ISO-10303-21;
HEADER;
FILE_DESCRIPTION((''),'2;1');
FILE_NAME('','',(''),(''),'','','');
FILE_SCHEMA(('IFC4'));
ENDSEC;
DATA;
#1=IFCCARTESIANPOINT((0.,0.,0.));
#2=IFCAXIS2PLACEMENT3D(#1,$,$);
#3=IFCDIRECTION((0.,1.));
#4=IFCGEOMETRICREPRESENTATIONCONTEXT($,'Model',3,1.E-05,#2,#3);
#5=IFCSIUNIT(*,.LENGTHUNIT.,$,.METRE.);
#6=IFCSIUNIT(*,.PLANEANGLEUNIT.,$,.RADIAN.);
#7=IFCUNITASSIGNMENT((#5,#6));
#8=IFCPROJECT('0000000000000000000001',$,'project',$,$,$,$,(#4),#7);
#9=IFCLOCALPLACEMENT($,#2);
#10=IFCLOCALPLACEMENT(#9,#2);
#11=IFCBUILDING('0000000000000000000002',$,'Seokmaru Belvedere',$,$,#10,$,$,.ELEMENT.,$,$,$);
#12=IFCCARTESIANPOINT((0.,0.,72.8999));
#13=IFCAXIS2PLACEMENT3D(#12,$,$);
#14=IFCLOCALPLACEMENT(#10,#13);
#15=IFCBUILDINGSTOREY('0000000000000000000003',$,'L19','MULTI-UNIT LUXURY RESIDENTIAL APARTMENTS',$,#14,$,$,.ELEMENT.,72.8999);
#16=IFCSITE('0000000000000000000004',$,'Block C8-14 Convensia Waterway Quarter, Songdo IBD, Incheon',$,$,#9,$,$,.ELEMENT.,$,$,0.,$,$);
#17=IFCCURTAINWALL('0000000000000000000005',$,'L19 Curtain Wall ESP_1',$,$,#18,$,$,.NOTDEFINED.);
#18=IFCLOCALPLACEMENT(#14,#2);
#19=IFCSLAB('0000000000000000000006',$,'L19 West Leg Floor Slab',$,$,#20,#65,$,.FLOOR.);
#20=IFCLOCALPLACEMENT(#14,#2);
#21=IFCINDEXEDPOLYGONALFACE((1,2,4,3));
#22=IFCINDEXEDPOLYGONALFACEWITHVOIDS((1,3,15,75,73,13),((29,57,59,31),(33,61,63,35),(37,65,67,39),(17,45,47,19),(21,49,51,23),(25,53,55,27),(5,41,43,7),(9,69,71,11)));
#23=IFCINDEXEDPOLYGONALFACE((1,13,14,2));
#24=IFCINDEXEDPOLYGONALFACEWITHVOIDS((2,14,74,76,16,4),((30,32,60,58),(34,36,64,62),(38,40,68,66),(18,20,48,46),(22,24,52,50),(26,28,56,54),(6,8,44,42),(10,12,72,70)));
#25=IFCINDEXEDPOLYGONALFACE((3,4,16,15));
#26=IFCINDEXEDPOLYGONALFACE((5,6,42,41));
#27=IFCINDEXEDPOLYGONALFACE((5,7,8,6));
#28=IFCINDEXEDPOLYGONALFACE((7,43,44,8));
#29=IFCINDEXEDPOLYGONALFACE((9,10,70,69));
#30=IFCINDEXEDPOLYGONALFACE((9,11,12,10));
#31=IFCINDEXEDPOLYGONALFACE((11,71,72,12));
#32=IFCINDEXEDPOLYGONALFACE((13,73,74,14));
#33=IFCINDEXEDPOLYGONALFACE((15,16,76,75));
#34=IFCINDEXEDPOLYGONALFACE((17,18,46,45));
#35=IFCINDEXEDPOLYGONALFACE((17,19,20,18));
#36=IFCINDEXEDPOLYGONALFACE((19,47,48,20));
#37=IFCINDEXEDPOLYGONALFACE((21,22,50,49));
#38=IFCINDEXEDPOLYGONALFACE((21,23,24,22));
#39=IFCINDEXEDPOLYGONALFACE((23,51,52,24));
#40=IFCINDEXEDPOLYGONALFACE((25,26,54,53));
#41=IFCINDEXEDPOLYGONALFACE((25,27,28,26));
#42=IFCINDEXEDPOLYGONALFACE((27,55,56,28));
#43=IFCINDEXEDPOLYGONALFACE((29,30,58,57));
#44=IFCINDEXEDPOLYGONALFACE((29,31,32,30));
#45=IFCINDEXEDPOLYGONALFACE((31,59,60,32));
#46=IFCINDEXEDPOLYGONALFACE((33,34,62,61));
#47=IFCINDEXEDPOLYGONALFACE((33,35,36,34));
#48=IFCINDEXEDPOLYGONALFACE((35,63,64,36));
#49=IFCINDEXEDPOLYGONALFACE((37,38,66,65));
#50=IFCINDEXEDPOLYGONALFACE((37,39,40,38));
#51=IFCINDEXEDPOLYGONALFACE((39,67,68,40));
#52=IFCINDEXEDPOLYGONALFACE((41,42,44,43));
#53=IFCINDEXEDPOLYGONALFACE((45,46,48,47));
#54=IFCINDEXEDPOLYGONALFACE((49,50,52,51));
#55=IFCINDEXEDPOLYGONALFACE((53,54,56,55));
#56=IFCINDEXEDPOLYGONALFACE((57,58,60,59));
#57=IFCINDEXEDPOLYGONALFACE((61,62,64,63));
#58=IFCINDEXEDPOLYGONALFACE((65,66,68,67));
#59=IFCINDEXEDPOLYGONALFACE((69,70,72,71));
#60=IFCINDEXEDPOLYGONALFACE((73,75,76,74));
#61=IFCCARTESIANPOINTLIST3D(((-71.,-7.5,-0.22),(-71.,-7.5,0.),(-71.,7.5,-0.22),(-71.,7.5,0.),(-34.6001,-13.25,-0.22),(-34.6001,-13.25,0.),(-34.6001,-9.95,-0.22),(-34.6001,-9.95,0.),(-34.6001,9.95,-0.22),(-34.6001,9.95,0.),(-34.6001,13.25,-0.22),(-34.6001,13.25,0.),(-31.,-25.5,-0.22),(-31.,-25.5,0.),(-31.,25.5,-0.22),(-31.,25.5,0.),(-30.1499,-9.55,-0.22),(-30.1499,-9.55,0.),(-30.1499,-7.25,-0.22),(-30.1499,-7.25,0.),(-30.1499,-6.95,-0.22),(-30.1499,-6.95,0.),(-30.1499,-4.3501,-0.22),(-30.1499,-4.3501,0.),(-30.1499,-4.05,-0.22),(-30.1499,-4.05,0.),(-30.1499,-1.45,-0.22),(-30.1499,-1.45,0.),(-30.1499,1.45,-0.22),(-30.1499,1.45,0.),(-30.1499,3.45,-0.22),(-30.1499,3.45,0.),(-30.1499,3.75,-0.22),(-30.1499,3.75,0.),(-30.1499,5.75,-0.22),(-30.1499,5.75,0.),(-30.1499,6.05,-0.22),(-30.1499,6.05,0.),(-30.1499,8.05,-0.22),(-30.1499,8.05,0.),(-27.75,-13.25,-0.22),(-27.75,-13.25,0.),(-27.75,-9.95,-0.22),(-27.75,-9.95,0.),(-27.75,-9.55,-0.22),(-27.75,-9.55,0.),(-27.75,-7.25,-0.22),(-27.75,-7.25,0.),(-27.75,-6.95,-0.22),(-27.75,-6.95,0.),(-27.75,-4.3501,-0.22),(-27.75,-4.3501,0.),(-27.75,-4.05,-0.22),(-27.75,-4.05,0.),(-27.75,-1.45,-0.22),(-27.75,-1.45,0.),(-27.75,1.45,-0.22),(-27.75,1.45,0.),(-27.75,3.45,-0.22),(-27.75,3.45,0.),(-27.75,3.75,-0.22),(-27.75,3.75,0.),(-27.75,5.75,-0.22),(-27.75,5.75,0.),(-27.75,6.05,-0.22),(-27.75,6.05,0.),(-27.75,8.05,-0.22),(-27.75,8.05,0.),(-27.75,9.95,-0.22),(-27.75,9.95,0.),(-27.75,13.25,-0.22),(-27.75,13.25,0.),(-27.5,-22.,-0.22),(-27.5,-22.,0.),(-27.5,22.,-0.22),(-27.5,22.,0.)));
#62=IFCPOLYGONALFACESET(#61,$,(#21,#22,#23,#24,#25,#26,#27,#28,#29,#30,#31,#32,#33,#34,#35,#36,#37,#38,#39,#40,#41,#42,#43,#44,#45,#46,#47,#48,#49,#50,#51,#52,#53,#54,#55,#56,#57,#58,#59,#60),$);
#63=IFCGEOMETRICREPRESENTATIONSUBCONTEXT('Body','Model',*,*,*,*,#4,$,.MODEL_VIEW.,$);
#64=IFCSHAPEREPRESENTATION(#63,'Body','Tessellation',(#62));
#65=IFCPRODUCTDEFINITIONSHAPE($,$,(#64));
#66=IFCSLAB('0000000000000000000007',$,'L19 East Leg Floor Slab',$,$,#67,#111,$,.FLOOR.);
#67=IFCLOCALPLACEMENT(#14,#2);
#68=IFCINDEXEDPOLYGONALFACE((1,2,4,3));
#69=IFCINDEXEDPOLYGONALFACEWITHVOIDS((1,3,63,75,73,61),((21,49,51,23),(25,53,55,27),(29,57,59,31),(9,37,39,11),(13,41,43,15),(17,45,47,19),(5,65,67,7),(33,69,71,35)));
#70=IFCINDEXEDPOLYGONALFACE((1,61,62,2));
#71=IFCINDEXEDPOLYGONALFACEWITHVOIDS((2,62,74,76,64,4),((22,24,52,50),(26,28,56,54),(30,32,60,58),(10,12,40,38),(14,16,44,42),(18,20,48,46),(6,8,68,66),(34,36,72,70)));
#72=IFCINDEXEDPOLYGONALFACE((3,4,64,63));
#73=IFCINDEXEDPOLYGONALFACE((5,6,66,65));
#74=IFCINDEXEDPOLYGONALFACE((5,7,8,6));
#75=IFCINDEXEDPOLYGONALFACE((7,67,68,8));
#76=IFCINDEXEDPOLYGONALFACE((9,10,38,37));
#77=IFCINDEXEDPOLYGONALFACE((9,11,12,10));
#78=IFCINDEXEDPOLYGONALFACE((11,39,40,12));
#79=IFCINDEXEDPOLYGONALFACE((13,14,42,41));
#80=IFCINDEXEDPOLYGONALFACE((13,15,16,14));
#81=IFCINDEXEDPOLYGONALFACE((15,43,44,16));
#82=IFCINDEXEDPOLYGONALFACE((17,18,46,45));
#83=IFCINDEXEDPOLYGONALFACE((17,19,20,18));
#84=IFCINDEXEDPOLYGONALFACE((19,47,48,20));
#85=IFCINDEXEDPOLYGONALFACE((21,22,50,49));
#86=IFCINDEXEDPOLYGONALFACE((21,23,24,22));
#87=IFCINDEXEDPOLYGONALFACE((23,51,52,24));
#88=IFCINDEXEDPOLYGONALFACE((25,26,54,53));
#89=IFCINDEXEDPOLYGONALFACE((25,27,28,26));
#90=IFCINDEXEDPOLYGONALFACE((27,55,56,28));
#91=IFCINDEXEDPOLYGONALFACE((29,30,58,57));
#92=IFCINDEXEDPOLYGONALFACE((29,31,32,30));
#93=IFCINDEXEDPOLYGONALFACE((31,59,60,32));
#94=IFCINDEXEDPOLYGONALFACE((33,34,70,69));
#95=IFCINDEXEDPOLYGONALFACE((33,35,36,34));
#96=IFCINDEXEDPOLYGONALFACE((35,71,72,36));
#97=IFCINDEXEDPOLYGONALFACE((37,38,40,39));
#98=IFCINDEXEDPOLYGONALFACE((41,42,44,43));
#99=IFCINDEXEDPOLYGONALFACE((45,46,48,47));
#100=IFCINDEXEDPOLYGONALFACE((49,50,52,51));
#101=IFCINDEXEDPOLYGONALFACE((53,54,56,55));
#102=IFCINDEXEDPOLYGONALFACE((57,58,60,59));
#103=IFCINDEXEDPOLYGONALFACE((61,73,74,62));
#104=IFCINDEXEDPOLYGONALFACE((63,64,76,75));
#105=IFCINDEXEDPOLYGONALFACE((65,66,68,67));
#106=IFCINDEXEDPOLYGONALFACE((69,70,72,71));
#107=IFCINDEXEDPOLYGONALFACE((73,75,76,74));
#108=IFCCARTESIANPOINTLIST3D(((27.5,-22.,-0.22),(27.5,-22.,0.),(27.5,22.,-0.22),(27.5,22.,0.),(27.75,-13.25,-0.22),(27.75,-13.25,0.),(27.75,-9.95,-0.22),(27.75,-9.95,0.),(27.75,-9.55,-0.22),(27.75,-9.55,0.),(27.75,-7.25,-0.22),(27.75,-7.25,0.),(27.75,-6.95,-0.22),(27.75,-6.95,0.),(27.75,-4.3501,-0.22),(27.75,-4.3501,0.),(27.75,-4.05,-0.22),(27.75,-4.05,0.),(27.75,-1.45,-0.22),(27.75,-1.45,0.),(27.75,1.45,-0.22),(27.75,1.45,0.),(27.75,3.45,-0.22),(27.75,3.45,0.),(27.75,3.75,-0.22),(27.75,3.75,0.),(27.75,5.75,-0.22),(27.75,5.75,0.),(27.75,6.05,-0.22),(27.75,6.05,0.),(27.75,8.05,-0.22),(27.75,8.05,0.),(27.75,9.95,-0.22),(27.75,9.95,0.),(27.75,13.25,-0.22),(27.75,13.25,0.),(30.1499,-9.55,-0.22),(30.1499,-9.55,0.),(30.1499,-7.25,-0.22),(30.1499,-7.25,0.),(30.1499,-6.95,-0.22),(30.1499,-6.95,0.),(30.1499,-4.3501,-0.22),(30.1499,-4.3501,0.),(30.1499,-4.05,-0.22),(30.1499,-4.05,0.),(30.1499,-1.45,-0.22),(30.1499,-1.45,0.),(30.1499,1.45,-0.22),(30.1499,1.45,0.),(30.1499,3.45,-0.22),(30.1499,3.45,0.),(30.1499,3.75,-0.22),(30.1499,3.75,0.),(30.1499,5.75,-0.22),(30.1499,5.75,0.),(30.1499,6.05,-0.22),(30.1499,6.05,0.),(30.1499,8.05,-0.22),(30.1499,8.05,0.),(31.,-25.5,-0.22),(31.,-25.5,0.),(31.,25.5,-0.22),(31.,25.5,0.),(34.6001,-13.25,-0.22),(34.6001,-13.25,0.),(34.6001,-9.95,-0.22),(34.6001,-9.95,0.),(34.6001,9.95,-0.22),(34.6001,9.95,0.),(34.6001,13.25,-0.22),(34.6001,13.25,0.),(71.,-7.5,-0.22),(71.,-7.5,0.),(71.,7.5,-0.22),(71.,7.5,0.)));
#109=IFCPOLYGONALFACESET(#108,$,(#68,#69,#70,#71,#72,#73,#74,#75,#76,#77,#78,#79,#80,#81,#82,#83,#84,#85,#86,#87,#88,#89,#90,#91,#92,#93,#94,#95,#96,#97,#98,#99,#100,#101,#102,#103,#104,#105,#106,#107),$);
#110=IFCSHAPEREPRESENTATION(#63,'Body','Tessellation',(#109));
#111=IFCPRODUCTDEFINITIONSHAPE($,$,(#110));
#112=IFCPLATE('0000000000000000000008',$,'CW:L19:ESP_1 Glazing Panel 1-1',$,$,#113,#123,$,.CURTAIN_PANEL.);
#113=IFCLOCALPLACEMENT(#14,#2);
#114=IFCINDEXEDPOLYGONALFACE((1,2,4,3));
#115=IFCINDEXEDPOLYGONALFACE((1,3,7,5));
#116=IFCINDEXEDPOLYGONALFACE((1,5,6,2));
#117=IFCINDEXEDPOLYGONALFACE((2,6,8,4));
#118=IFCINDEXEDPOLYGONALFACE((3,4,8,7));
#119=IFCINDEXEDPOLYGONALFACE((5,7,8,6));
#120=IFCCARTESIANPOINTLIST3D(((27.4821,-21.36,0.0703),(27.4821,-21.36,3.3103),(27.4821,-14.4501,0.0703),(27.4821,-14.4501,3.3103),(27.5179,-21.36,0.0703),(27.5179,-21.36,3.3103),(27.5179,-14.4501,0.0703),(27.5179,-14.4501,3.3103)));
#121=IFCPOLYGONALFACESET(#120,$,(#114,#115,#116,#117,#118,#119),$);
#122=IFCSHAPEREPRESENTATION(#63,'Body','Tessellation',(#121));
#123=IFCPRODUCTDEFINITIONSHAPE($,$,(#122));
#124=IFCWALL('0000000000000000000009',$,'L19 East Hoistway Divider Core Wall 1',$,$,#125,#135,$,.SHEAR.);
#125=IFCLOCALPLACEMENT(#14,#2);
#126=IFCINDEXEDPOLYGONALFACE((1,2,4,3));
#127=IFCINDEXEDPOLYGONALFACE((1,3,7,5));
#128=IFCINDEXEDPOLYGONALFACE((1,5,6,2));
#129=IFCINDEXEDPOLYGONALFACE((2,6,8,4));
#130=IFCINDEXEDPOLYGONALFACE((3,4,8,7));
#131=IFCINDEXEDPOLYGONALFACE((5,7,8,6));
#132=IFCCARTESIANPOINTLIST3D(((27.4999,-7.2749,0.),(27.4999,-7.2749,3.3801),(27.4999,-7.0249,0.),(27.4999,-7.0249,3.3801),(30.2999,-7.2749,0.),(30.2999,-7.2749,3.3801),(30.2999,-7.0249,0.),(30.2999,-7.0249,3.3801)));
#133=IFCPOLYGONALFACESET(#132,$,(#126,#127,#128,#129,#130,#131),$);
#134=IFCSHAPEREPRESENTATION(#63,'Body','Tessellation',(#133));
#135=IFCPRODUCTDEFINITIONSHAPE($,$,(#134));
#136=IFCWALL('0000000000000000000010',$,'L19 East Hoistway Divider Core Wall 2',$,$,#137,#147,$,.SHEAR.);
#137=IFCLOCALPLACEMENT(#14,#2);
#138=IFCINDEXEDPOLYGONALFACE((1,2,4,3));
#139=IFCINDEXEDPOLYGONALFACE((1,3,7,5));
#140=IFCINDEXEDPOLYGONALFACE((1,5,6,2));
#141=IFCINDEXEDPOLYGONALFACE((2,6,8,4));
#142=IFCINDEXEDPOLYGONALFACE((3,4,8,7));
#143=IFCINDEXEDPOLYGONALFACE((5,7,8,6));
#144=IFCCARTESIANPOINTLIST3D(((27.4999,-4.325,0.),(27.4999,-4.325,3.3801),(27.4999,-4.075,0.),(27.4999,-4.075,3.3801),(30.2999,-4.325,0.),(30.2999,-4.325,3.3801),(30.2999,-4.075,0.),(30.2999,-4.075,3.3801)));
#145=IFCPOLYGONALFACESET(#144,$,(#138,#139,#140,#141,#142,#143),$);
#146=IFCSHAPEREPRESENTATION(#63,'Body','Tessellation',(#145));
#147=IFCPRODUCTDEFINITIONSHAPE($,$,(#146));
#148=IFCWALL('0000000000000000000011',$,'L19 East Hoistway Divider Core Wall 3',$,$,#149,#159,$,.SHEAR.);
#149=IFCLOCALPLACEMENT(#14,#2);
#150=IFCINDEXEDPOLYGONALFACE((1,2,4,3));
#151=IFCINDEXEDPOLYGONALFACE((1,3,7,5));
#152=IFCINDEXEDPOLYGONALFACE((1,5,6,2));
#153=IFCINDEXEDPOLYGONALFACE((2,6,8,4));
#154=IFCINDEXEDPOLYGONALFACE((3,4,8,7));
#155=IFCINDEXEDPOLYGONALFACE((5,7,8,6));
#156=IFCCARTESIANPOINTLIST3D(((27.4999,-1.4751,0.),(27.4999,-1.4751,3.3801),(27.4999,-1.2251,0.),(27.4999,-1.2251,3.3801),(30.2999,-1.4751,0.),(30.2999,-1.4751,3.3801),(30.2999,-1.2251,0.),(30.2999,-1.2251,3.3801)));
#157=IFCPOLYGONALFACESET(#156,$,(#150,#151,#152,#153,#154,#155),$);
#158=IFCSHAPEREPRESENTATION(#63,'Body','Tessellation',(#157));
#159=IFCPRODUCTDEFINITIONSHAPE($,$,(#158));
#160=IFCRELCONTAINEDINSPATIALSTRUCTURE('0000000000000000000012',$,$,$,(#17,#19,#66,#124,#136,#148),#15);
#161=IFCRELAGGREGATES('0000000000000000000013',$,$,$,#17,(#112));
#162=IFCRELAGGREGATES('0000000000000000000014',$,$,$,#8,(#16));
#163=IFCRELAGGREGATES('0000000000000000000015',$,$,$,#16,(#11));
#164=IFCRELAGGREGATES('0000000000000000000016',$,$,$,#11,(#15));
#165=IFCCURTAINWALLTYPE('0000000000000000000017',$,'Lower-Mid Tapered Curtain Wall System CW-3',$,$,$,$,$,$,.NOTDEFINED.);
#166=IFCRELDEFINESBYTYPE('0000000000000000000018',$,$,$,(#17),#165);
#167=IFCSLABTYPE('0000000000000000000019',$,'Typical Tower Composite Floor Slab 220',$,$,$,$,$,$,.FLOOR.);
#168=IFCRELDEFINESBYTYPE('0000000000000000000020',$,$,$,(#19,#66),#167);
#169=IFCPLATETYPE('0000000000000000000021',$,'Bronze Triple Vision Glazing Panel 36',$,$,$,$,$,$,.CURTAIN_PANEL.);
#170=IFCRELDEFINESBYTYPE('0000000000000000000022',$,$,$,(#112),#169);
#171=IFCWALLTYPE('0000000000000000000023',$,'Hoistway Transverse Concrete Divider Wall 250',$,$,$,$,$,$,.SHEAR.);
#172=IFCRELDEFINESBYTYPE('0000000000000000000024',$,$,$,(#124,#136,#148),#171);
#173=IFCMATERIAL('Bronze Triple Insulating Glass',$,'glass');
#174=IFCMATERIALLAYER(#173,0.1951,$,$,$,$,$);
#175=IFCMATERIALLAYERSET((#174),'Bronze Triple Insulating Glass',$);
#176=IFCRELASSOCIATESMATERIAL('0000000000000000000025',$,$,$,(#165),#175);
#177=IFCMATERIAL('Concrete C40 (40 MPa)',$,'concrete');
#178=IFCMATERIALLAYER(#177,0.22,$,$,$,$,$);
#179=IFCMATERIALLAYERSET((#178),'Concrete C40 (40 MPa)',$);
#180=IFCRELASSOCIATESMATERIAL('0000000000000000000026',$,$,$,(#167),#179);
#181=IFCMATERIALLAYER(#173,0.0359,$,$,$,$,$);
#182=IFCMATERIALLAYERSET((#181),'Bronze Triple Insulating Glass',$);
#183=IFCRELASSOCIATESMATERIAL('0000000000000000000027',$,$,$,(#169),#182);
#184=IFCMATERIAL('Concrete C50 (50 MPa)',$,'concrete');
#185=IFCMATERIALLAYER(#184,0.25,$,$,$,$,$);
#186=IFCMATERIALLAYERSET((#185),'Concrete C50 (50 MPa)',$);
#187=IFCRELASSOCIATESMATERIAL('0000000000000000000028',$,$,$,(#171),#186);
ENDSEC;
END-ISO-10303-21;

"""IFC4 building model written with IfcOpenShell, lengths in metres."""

from ifc_helpers import new_model, si_unit, direction, frame, frame_2d, origin, origin_2d, place, context, subcontext, project, spatial, polyline, rectangle, outline, extrude, source, transform, mapped, material, layer, layer_set, type_object, type_shapes, element, aggregate, save


model = new_model("IFC4")

# Units and contexts
model_context = context("Model", 3, precision=1e-05, world=origin(), true_north=direction((0.0, 1.0)))
body_context = subcontext(model_context, "Body", "Model", "MODEL_VIEW")
ifc_project = project(units=[si_unit("LENGTHUNIT", "METRE"), si_unit("PLANEANGLEUNIT", "RADIAN")], contexts=[model_context])

# Site, building, storey
site_placement = place(None, origin())
site = spatial("IfcSite", under=ifc_project, at=site_placement, Name="Block C8-14 Convensia Waterway Quarter, Songdo IBD, Incheon", CompositionType="ELEMENT", RefElevation=0.0)
building_placement = place(site_placement, origin())
building = spatial("IfcBuilding", under=site, at=building_placement, Name="Seokmaru Belvedere", CompositionType="ELEMENT")
storey_placement = place(building_placement, frame((0.0, 0.0, 72.8999)))
storey = spatial("IfcBuildingStorey", under=building, at=storey_placement, Name="L19", Description="MULTI-UNIT LUXURY RESIDENTIAL APARTMENTS", CompositionType="ELEMENT", Elevation=72.8999)

# Curtain wall
ifc_material_1 = material(Name="Bronze Triple Insulating Glass", Category="glass")
ifc_layer_1 = layer(ifc_material_1, 0.1951)
ifc_layer_set_1 = layer_set([ifc_layer_1], Name="Bronze Triple Insulating Glass")
curtain_wall_type = type_object("IfcCurtainWallType", Name="Lower-Mid Tapered Curtain Wall System CW-3", PredefinedType="NOTDEFINED", material=ifc_layer_set_1)
curtain_wall_1_placement = place(storey_placement, origin())
curtain_wall_1 = element("IfcCurtainWall", 1, at=curtain_wall_1_placement, inside=storey, type_object=curtain_wall_type, Name="L19 Curtain Wall ESP_1", PredefinedType="NOTDEFINED")

# Shared definitions
ifc_material_2 = material(Name="Concrete C40 (40 MPa)", Category="concrete")

# Slabs
ifc_layer_2 = layer(ifc_material_2, 0.22)
ifc_layer_set_2 = layer_set([ifc_layer_2], Name="Concrete C40 (40 MPa)")
slab_type_1 = type_object("IfcSlabType", Name="Typical Tower Composite Floor Slab 220", PredefinedType="FLOOR", material=ifc_layer_set_2)
slab_1_placement = place(storey_placement, frame((0.0, 0.0, -0.22)))
element("IfcSlab", 2, at=slab_1_placement, inside=storey, type_object=slab_type_1, Name="L19 West Leg Floor Slab", PredefinedType="FLOOR", context=body_context, shape_type="SweptSolid", body=[
    extrude(outline(polyline([(-27.5, -22.0), (-27.5, 22.0), (-31.0, 25.5), (-71.0, 7.5), (-71.0, -7.5), (-31.0, -25.5), (-27.5, -22.0)]), holes=[polyline([(-34.6001, -13.25), (-27.75, -13.25), (-27.75, -9.95), (-34.6001, -9.95), (-34.6001, -13.25)]), polyline([(-34.6001, 9.95), (-27.75, 9.95), (-27.75, 13.25), (-34.6001, 13.25), (-34.6001, 9.95)]), polyline([(-30.1499, -9.55), (-27.75, -9.55), (-27.75, -7.25), (-30.1499, -7.25), (-30.1499, -9.55)]), polyline([(-30.1499, -6.95), (-27.75, -6.95), (-27.75, -4.3501), (-30.1499, -4.3501), (-30.1499, -6.95)]), polyline([(-30.1499, -4.05), (-27.75, -4.05), (-27.75, -1.45), (-30.1499, -1.45), (-30.1499, -4.05)]), polyline([(-30.1499, 1.45), (-27.75, 1.45), (-27.75, 3.45), (-30.1499, 3.45), (-30.1499, 1.45)]), polyline([(-30.1499, 3.75), (-27.75, 3.75), (-27.75, 5.75), (-30.1499, 5.75), (-30.1499, 3.75)]), polyline([(-30.1499, 6.05), (-27.75, 6.05), (-27.75, 8.05), (-30.1499, 8.05), (-30.1499, 6.05)])]), origin(), (0.0, 0.0, 1.0), 0.22),
])
slab_2_placement = place(storey_placement, frame((0.0, 0.0, -0.22)))
element("IfcSlab", 3, at=slab_2_placement, inside=storey, type_object=slab_type_1, Name="L19 East Leg Floor Slab", PredefinedType="FLOOR", context=body_context, shape_type="SweptSolid", body=[
    extrude(outline(polyline([(31.0, -25.5), (71.0, -7.5), (71.0, 7.5), (31.0, 25.5), (27.5, 22.0), (27.5, -22.0), (31.0, -25.5)]), holes=[polyline([(27.75, -13.25), (34.6001, -13.25), (34.6001, -9.95), (27.75, -9.95), (27.75, -13.25)]), polyline([(27.75, 9.95), (34.6001, 9.95), (34.6001, 13.25), (27.75, 13.25), (27.75, 9.95)]), polyline([(27.75, -9.55), (30.1499, -9.55), (30.1499, -7.25), (27.75, -7.25), (27.75, -9.55)]), polyline([(27.75, -6.95), (30.1499, -6.95), (30.1499, -4.3501), (27.75, -4.3501), (27.75, -6.95)]), polyline([(27.75, -4.05), (30.1499, -4.05), (30.1499, -1.45), (27.75, -1.45), (27.75, -4.05)]), polyline([(27.75, 1.45), (30.1499, 1.45), (30.1499, 3.45), (27.75, 3.45), (27.75, 1.45)]), polyline([(27.75, 3.75), (30.1499, 3.75), (30.1499, 5.75), (27.75, 5.75), (27.75, 3.75)]), polyline([(27.75, 6.05), (30.1499, 6.05), (30.1499, 8.05), (27.75, 8.05), (27.75, 6.05)])]), origin(), (0.0, 0.0, 1.0), 0.22),
])

# Plate
ifc_layer_3 = layer(ifc_material_1, 0.0359)
ifc_layer_set_3 = layer_set([ifc_layer_3], Name="Bronze Triple Insulating Glass")
plate_type = type_object("IfcPlateType", Name="Bronze Triple Vision Glazing Panel 36", PredefinedType="CURTAIN_PANEL", material=ifc_layer_set_3)
shared_shape_1 = source(origin(), body_context, "Body", "SweptSolid", [
    extrude(rectangle(XDim=6.9099, YDim=0.0359, at=origin_2d()), origin(), (0.0, 0.0, 1.0), 3.24),
])
type_shapes(plate_type, [shared_shape_1])
plate_placement = place(storey_placement, frame((27.5, -17.905, 0.0703), z_axis=(0.0, 0.0, 1.0), x_axis=(0.0, -1.0, 0.0)))
plate = element("IfcPlate", 4, at=plate_placement, type_object=plate_type, Name="CW:L19:ESP_1 Glazing Panel 1-1", PredefinedType="CURTAIN_PANEL", context=body_context, shape_type="MappedRepresentation", body=[
    mapped(shared_shape_1, transform((0.0, 0.0, 0.0), scale=1.0)),
])
aggregate(curtain_wall_1, [plate])

# Walls
ifc_material_3 = material(Name="Concrete C50 (50 MPa)", Category="concrete")
ifc_layer_4 = layer(ifc_material_3, 0.25)
ifc_layer_set_4 = layer_set([ifc_layer_4], Name="Concrete C50 (50 MPa)")
wall_type_1 = type_object("IfcWallType", Name="Hoistway Transverse Concrete Divider Wall 250", PredefinedType="SHEAR", material=ifc_layer_set_4)
for number, where, z_axis, x_axis, name in (
    (5, (27.5, -7.1499, 0.0), (0.0, 0.0, 1.0), (1.0, 0.0, 0.0), "L19 East Hoistway Divider Core Wall 1"),
    (6, (27.5, -4.2, 0.0), (0.0, 0.0, 1.0), (1.0, 0.0, 0.0), "L19 East Hoistway Divider Core Wall 2"),
    (7, (27.5, -1.3501, 0.0), (0.0, 0.0, 1.0), (1.0, 0.0, 0.0), "L19 East Hoistway Divider Core Wall 3"),
):
    element("IfcWall", number, at=place(storey_placement, frame(where, z_axis=z_axis, x_axis=x_axis)), inside=storey, type_object=wall_type_1, Name=name, PredefinedType="SHEAR", context=body_context, shape_type="SweptSolid", body=[
        extrude(rectangle(XDim=2.8, YDim=0.25, at=frame_2d((1.3999, 0.0))), origin(), (0.0, 0.0, 1.0), 3.3801),
    ])

save(model, "model.ifc")
